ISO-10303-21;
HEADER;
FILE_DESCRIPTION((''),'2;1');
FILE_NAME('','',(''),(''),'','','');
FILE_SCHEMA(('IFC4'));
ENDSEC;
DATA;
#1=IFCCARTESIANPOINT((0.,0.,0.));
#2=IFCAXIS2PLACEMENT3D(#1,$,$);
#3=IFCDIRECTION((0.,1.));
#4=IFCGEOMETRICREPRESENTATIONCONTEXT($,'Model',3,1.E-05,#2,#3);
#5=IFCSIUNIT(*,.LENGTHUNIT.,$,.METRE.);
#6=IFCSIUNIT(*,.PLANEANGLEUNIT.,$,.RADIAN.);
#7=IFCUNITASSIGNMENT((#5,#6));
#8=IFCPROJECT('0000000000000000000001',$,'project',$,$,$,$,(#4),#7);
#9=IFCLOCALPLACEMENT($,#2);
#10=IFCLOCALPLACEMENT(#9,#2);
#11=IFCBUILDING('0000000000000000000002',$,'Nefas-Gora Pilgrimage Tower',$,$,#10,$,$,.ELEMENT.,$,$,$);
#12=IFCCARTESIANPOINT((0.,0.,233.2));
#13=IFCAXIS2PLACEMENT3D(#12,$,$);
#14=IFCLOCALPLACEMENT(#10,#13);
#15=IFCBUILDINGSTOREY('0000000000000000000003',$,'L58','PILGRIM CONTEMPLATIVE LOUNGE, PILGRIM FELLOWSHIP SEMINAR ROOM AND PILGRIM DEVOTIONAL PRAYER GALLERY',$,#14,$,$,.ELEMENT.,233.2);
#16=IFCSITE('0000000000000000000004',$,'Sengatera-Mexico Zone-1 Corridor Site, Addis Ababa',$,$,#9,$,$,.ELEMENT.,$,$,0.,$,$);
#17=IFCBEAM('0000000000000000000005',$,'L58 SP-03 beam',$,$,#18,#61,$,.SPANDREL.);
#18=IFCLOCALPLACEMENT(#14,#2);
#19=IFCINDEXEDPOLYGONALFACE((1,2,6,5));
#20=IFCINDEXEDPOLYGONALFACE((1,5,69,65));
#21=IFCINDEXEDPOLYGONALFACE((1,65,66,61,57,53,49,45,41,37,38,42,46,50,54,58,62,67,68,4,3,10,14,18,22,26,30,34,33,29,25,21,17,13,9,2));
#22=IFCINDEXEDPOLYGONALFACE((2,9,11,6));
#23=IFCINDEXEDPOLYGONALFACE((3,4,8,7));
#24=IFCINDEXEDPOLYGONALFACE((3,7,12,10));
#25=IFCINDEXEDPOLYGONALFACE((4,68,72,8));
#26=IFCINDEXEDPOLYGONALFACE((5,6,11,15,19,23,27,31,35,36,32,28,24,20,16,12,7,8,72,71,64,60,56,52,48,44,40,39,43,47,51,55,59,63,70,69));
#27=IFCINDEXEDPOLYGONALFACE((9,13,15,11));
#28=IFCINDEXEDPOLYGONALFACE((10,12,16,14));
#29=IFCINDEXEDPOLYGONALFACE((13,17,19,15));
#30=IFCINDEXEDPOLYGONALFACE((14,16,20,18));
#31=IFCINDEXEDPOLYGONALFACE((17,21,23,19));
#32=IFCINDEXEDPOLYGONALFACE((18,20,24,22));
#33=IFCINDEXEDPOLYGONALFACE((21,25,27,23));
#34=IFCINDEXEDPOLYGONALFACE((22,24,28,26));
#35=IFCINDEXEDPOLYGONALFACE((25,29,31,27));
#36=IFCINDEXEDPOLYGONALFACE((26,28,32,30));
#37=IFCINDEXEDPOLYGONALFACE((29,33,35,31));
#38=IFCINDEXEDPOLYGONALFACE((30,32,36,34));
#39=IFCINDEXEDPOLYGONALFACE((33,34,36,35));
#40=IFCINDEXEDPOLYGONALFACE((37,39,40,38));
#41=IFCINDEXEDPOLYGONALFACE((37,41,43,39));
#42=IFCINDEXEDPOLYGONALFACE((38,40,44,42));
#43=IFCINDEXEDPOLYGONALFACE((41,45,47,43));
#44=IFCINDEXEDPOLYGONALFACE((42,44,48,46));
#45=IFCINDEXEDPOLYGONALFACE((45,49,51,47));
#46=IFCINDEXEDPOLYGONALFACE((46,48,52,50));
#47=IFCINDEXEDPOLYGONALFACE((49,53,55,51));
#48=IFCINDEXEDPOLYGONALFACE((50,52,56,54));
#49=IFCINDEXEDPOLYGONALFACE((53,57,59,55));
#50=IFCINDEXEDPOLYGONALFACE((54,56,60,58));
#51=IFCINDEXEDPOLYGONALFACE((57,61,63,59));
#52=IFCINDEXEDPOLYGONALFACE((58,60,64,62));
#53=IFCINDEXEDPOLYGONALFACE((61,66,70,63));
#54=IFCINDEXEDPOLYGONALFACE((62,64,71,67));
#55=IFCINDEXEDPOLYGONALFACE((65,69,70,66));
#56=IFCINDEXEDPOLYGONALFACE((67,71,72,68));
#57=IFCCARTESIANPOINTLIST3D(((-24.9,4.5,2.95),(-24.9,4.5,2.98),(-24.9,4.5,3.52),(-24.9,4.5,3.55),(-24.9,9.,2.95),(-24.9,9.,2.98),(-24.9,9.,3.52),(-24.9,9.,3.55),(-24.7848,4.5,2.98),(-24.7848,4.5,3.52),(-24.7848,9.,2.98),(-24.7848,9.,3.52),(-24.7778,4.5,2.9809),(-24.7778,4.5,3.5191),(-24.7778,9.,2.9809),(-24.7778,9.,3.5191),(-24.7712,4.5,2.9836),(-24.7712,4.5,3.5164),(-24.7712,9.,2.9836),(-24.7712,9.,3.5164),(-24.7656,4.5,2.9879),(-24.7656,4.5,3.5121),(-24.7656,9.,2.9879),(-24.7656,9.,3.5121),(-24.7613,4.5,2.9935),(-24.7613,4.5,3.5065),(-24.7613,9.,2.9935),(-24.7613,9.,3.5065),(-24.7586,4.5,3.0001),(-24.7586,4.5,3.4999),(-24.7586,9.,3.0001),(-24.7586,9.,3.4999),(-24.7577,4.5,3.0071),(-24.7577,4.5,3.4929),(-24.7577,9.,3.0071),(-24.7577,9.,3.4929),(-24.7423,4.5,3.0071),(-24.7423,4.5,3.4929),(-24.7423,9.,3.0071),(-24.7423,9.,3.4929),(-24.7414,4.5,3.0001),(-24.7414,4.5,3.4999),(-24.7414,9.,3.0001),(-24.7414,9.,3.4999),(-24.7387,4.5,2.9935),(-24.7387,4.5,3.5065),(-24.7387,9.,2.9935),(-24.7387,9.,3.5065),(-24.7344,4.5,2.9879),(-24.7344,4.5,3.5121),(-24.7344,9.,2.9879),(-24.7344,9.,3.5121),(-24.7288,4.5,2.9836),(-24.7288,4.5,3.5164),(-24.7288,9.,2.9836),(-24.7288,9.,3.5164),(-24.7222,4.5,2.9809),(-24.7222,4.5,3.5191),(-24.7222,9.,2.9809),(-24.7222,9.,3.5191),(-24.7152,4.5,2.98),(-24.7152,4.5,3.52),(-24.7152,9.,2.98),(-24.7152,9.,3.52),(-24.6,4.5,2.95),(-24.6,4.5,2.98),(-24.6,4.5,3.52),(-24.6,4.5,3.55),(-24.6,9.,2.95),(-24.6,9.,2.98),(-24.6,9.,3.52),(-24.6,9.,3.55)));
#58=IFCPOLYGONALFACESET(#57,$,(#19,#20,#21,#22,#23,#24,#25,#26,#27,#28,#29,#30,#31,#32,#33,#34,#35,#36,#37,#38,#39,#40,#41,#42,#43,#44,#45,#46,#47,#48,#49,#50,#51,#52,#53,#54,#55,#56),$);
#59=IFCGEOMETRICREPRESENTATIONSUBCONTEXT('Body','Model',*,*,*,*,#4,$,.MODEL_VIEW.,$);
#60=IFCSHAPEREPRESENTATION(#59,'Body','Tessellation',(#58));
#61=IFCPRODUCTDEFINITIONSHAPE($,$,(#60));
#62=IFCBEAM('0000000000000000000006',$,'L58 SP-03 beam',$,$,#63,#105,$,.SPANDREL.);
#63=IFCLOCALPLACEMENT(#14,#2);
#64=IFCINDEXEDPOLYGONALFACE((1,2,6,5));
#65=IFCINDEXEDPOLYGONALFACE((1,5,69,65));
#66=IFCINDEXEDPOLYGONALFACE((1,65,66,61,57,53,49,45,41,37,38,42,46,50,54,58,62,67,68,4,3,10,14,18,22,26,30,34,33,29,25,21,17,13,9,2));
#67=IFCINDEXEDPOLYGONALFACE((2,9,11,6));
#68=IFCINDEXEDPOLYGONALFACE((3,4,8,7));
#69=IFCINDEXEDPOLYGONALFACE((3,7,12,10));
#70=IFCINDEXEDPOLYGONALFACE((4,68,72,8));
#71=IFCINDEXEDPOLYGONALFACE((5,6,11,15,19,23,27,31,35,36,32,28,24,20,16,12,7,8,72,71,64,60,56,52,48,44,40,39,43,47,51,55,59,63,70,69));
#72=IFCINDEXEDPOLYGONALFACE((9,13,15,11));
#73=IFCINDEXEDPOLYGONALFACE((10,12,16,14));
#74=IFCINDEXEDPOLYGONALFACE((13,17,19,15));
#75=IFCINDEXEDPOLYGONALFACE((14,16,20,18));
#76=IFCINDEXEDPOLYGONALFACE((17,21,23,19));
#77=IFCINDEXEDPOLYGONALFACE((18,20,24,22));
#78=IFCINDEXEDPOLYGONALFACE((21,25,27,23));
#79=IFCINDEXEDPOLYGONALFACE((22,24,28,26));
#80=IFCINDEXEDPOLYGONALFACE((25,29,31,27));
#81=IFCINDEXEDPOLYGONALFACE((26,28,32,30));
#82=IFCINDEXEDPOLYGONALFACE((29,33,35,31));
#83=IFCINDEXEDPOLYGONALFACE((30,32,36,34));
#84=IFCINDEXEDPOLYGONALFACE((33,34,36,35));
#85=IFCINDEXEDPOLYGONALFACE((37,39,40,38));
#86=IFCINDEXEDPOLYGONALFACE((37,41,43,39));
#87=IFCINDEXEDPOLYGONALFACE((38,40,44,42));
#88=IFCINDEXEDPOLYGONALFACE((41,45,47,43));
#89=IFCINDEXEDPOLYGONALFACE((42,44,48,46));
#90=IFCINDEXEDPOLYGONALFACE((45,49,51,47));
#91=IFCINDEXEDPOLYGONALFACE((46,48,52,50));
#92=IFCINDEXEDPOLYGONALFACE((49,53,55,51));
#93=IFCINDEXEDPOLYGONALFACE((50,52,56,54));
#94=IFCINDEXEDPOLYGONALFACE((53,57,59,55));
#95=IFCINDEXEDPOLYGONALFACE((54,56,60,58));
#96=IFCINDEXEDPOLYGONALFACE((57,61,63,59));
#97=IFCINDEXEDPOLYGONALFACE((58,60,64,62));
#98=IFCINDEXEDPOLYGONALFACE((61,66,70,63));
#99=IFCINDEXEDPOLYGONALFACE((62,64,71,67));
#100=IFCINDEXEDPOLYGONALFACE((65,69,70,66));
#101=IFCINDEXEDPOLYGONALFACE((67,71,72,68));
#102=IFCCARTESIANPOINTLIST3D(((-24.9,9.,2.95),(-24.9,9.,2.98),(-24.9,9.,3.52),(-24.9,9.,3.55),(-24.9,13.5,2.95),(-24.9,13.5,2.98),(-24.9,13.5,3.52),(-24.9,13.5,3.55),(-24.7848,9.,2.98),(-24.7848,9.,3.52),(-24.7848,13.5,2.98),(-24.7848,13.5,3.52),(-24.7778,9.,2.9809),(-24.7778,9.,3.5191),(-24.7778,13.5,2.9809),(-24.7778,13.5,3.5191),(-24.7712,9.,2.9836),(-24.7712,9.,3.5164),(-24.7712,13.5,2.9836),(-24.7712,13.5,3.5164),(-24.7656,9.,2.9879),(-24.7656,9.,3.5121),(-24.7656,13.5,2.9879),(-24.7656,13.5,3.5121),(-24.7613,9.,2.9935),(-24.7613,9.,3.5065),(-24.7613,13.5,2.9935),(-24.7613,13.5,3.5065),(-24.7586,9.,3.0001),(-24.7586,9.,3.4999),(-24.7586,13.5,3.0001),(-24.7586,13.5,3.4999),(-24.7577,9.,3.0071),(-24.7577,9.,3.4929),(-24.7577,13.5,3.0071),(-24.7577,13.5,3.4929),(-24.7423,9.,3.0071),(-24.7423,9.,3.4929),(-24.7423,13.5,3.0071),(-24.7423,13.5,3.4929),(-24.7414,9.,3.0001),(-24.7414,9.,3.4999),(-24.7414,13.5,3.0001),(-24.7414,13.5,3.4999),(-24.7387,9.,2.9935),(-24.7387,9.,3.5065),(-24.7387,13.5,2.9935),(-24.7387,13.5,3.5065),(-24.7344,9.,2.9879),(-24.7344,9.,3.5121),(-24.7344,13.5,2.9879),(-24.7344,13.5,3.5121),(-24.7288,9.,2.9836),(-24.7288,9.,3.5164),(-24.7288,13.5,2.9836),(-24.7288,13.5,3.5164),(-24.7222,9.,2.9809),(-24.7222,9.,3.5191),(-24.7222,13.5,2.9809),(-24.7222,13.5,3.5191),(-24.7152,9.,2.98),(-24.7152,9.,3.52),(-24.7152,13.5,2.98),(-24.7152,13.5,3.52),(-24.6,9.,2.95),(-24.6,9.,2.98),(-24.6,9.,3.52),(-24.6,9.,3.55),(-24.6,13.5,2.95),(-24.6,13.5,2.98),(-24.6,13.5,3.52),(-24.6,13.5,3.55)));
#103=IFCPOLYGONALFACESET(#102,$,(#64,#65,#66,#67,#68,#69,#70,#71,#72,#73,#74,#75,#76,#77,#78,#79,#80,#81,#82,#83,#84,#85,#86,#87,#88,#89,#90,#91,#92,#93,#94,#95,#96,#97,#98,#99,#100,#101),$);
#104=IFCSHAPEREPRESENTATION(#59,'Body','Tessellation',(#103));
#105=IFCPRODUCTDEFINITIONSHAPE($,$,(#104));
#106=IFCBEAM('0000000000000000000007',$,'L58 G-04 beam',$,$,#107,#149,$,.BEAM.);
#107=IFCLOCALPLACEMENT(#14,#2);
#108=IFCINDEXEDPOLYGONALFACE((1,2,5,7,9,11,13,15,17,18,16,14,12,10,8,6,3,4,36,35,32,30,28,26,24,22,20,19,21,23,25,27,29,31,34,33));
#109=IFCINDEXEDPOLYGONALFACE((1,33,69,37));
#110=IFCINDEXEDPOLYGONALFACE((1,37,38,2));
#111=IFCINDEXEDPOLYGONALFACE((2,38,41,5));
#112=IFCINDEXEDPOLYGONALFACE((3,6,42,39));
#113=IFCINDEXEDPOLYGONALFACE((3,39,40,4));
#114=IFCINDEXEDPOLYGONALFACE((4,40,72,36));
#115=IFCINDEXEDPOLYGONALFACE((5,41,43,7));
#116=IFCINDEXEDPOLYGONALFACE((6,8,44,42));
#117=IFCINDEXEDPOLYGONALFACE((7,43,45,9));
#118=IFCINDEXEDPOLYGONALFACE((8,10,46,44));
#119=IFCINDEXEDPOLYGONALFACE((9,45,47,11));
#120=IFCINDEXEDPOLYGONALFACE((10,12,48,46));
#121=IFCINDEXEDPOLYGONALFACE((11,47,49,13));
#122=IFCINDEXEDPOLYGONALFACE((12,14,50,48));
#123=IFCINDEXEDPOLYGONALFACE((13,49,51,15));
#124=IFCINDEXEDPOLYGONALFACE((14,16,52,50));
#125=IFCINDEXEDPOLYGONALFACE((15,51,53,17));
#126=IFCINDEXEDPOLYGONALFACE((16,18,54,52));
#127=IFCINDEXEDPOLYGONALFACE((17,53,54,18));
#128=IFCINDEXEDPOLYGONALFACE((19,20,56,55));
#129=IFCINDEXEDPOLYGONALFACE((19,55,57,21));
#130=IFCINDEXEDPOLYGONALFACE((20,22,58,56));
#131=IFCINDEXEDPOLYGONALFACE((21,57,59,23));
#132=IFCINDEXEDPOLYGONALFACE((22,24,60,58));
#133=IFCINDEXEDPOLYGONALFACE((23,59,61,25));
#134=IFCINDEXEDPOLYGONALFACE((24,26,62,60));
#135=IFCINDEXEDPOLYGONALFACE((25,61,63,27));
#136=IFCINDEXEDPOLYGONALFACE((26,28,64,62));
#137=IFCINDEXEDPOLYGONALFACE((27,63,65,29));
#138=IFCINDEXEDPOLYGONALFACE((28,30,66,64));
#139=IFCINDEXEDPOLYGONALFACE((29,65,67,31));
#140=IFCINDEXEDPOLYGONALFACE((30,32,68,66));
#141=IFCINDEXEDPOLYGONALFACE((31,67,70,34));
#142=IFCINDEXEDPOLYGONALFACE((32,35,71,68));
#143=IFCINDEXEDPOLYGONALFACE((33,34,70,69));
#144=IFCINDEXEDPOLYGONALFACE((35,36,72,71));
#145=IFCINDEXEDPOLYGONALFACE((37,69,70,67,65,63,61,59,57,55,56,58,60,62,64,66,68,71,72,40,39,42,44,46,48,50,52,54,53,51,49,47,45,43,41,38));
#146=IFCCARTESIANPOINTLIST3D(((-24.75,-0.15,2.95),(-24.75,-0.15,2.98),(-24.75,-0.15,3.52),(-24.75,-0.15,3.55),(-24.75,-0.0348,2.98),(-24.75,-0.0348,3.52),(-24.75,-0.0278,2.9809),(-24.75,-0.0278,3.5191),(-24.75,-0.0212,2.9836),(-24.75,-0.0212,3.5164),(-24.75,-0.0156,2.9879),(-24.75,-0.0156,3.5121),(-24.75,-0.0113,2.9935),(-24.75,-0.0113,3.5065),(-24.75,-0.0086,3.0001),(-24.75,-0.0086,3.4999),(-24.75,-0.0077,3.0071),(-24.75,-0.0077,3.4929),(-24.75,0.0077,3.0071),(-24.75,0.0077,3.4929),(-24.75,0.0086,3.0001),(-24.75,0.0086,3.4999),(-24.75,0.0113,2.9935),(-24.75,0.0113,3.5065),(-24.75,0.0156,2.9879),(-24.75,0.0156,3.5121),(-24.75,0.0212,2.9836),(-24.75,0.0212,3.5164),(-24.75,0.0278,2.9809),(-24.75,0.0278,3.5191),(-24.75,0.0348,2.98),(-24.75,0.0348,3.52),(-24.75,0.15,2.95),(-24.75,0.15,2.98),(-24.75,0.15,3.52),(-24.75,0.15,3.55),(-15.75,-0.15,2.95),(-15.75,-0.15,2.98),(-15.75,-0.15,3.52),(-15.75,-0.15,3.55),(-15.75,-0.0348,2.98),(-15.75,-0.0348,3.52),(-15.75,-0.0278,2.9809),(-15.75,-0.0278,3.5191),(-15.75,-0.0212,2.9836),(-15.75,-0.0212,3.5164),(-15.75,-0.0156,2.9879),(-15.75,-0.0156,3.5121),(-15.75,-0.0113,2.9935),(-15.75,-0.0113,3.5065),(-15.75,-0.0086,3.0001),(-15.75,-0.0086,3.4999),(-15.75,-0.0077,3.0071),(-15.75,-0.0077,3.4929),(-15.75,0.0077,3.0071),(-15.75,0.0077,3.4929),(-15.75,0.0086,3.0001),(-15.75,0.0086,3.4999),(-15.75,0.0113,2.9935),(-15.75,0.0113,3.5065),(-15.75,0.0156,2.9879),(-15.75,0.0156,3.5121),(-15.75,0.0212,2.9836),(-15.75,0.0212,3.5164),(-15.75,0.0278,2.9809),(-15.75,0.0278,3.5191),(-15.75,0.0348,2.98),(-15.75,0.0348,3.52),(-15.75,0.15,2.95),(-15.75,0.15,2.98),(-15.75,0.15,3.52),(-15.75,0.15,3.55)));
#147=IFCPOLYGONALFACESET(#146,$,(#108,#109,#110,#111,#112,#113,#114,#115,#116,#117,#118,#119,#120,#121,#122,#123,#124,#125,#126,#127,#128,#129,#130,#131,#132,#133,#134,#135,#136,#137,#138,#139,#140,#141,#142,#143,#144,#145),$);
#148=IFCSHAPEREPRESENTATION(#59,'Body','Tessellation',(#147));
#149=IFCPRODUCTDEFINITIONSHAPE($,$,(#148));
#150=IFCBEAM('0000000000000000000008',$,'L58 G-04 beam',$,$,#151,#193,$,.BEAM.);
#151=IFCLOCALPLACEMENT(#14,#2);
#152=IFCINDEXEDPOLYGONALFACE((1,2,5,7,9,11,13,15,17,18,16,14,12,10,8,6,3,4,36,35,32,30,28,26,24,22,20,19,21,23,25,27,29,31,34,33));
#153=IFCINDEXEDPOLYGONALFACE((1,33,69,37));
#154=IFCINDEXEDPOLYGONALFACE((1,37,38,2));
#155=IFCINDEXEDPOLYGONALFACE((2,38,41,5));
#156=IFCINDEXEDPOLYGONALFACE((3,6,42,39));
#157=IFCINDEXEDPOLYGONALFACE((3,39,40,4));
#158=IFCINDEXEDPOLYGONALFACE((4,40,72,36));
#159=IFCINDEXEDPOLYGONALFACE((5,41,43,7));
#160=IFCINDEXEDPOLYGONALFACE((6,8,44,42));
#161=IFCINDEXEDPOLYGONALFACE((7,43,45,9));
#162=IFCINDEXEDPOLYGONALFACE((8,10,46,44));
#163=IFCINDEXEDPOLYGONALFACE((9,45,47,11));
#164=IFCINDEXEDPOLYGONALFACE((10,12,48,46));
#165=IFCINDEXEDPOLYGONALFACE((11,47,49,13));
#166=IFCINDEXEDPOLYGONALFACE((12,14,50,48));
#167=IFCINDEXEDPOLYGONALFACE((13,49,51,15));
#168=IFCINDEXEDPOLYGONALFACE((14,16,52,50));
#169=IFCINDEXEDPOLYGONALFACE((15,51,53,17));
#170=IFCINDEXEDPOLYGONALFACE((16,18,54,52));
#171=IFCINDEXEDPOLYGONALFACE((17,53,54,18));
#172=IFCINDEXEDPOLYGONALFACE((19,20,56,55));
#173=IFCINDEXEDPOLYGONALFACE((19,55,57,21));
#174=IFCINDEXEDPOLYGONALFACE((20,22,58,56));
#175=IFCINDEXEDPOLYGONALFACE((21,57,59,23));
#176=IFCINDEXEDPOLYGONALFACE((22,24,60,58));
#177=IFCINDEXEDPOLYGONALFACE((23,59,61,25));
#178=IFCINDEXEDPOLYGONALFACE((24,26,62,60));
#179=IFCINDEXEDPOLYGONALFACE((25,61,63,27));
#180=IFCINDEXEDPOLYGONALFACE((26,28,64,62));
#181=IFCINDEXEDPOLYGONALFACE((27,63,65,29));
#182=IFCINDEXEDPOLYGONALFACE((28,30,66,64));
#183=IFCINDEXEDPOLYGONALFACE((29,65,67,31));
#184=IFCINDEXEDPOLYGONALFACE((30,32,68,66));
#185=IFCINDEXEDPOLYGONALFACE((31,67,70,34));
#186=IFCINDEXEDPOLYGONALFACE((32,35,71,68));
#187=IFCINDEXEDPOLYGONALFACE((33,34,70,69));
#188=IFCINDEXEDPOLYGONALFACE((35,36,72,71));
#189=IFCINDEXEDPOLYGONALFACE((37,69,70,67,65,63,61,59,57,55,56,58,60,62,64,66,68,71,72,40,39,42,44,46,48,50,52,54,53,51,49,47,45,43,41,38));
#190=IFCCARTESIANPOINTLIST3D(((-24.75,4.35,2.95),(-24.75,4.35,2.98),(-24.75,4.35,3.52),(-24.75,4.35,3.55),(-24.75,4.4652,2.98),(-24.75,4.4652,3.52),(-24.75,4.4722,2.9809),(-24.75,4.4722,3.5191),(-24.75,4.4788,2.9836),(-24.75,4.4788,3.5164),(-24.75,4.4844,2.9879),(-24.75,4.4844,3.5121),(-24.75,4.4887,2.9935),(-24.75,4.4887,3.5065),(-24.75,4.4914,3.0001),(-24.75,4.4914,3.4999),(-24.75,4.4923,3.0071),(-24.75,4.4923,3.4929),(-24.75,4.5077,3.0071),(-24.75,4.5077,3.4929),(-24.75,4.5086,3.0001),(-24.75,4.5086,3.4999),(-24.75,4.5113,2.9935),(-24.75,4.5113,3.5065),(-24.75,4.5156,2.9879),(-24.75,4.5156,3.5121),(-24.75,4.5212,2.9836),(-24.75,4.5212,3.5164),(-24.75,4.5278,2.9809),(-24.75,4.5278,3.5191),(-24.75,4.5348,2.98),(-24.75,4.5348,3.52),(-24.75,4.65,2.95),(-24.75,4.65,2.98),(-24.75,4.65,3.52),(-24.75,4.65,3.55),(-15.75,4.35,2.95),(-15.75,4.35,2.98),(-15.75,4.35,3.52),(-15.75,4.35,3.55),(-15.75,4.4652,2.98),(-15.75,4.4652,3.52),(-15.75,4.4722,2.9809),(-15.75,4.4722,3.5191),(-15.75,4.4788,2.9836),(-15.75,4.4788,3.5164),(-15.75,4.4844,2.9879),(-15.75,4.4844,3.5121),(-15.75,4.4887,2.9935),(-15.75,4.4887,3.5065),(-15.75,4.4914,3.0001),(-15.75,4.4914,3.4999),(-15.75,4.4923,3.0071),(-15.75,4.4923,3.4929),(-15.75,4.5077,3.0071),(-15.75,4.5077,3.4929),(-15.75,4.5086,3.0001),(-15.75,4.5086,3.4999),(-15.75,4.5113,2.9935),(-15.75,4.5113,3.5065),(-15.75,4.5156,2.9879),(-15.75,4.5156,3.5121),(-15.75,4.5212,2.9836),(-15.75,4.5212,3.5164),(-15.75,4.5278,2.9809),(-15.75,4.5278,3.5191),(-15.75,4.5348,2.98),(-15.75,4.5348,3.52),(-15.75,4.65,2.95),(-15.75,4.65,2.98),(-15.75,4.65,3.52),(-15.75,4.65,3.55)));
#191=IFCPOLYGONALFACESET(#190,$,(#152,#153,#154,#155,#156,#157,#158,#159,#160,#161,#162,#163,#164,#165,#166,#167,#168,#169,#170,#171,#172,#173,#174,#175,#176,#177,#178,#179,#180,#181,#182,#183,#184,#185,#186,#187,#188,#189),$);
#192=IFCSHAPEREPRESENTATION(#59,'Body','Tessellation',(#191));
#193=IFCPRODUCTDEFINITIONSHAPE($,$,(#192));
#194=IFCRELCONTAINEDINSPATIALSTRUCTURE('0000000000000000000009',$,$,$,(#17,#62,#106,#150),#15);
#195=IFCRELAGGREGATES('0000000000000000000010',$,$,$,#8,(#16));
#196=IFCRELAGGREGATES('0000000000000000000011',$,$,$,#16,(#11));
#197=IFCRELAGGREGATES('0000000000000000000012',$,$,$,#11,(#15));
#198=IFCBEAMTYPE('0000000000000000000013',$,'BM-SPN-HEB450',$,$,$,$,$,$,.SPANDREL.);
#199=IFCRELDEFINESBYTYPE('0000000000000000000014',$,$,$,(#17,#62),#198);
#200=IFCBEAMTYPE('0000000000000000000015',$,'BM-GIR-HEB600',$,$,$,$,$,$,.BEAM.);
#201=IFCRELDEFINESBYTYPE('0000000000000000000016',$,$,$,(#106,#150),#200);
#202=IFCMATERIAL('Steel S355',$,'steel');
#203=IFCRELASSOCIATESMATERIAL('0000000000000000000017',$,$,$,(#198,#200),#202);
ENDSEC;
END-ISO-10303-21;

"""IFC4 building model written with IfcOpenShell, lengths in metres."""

from ifc_helpers import new_model, si_unit, direction, frame, origin, origin_2d, place, context, subcontext, project, spatial, i_section, extrude, source, transform, mapped, material, material_profile, profile_set, type_object, element, save


model = new_model("IFC4")

# Units and contexts
model_context = context("Model", 3, precision=1e-05, world=origin(), true_north=direction((0.0, 1.0)))
body_context = subcontext(model_context, "Body", "Model", "MODEL_VIEW")
ifc_project = project(units=[si_unit("LENGTHUNIT", "METRE"), si_unit("PLANEANGLEUNIT", "RADIAN")], contexts=[model_context])

# Site, building, storey
site_placement = place(None, origin())
site = spatial("IfcSite", under=ifc_project, at=site_placement, Name="Sengatera-Mexico Zone-1 Corridor Site, Addis Ababa", CompositionType="ELEMENT", RefElevation=0.0)
building_placement = place(site_placement, origin())
building = spatial("IfcBuilding", under=site, at=building_placement, Name="Nefas-Gora Pilgrimage Tower", CompositionType="ELEMENT")
storey_placement = place(building_placement, frame((0.0, 0.0, 233.2)))
storey = spatial("IfcBuildingStorey", under=building, at=storey_placement, Name="L58", Description="PILGRIM CONTEMPLATIVE LOUNGE, PILGRIM FELLOWSHIP SEMINAR ROOM AND PILGRIM DEVOTIONAL PRAYER GALLERY", CompositionType="ELEMENT", Elevation=233.2)

# Beams
ifc_material_1 = material(Name="Steel S355", Category="steel")
ifc_material_profile_1 = material_profile(ifc_material_1, i_section(OverallWidth=0.3, OverallDepth=0.6001, WebThickness=0.0154, FlangeThickness=0.03, FilletRadius=0.0271, at=origin_2d()), Name="HEB 600")
ifc_profile_set_1 = profile_set([ifc_material_profile_1], Name="Steel S355")
beam_type_1 = type_object("IfcBeamType", Name="BM-SPN-HEB450", PredefinedType="SPANDREL", material=ifc_profile_set_1)
shared_shape_1 = source(origin(), body_context, "Body", "SweptSolid", [
    extrude(i_section(OverallWidth=0.3, OverallDepth=0.6001, WebThickness=0.0154, FlangeThickness=0.03, FilletRadius=0.0271, at=origin_2d()), origin(), (0.0, 0.0, 1.0), 4.5),
])
for number, where, z_axis, x_axis, name in (
    (1, (-24.75, 4.5, 3.25), (0.0, 1.0, 0.0), (-1.0, 0.0, 0.0), "L58 SP-03 beam"),
    (2, (-24.75, 9.0, 3.25), (0.0, 1.0, 0.0), (-1.0, 0.0, 0.0), "L58 SP-03 beam"),
):
    element("IfcBeam", number, at=place(storey_placement, frame(where, z_axis=z_axis, x_axis=x_axis)), inside=storey, type_object=beam_type_1, Name=name, PredefinedType="SPANDREL", context=body_context, shape_type="MappedRepresentation", body=[
        mapped(shared_shape_1, transform((0.0, 0.0, 0.0), x_axis=(1.0, 0.0, 0.0), y_axis=(0.0, 1.0, 0.0), z_axis=(0.0, 0.0, 1.0), scale=1.0)),
    ])
ifc_material_profile_2 = material_profile(ifc_material_1, i_section(OverallWidth=0.3, OverallDepth=0.6001, WebThickness=0.0154, FlangeThickness=0.03, FilletRadius=0.0271, at=origin_2d()), Name="HEB 600")
ifc_profile_set_2 = profile_set([ifc_material_profile_2], Name="Steel S355")
beam_type_2 = type_object("IfcBeamType", Name="BM-GIR-HEB600", PredefinedType="BEAM", material=ifc_profile_set_2)
shared_shape_2 = source(origin(), body_context, "Body", "SweptSolid", [
    extrude(i_section(OverallWidth=0.3, OverallDepth=0.6001, WebThickness=0.0154, FlangeThickness=0.03, FilletRadius=0.0271, at=origin_2d()), origin(), (0.0, 0.0, 1.0), 9.0),
])
for number, where, z_axis, x_axis, name in (
    (3, (-24.75, 0.0, 3.25), (1.0, 0.0, 0.0), (0.0, 1.0, 0.0), "L58 G-04 beam"),
    (4, (-24.75, 4.5, 3.25), (1.0, 0.0, 0.0), (0.0, 1.0, 0.0), "L58 G-04 beam"),
):
    element("IfcBeam", number, at=place(storey_placement, frame(where, z_axis=z_axis, x_axis=x_axis)), inside=storey, type_object=beam_type_2, Name=name, PredefinedType="BEAM", context=body_context, shape_type="MappedRepresentation", body=[
        mapped(shared_shape_2, transform((0.0, 0.0, 0.0), x_axis=(1.0, 0.0, 0.0), y_axis=(0.0, 1.0, 0.0), z_axis=(0.0, 0.0, 1.0), scale=1.0)),
    ])

save(model, "model.ifc")
